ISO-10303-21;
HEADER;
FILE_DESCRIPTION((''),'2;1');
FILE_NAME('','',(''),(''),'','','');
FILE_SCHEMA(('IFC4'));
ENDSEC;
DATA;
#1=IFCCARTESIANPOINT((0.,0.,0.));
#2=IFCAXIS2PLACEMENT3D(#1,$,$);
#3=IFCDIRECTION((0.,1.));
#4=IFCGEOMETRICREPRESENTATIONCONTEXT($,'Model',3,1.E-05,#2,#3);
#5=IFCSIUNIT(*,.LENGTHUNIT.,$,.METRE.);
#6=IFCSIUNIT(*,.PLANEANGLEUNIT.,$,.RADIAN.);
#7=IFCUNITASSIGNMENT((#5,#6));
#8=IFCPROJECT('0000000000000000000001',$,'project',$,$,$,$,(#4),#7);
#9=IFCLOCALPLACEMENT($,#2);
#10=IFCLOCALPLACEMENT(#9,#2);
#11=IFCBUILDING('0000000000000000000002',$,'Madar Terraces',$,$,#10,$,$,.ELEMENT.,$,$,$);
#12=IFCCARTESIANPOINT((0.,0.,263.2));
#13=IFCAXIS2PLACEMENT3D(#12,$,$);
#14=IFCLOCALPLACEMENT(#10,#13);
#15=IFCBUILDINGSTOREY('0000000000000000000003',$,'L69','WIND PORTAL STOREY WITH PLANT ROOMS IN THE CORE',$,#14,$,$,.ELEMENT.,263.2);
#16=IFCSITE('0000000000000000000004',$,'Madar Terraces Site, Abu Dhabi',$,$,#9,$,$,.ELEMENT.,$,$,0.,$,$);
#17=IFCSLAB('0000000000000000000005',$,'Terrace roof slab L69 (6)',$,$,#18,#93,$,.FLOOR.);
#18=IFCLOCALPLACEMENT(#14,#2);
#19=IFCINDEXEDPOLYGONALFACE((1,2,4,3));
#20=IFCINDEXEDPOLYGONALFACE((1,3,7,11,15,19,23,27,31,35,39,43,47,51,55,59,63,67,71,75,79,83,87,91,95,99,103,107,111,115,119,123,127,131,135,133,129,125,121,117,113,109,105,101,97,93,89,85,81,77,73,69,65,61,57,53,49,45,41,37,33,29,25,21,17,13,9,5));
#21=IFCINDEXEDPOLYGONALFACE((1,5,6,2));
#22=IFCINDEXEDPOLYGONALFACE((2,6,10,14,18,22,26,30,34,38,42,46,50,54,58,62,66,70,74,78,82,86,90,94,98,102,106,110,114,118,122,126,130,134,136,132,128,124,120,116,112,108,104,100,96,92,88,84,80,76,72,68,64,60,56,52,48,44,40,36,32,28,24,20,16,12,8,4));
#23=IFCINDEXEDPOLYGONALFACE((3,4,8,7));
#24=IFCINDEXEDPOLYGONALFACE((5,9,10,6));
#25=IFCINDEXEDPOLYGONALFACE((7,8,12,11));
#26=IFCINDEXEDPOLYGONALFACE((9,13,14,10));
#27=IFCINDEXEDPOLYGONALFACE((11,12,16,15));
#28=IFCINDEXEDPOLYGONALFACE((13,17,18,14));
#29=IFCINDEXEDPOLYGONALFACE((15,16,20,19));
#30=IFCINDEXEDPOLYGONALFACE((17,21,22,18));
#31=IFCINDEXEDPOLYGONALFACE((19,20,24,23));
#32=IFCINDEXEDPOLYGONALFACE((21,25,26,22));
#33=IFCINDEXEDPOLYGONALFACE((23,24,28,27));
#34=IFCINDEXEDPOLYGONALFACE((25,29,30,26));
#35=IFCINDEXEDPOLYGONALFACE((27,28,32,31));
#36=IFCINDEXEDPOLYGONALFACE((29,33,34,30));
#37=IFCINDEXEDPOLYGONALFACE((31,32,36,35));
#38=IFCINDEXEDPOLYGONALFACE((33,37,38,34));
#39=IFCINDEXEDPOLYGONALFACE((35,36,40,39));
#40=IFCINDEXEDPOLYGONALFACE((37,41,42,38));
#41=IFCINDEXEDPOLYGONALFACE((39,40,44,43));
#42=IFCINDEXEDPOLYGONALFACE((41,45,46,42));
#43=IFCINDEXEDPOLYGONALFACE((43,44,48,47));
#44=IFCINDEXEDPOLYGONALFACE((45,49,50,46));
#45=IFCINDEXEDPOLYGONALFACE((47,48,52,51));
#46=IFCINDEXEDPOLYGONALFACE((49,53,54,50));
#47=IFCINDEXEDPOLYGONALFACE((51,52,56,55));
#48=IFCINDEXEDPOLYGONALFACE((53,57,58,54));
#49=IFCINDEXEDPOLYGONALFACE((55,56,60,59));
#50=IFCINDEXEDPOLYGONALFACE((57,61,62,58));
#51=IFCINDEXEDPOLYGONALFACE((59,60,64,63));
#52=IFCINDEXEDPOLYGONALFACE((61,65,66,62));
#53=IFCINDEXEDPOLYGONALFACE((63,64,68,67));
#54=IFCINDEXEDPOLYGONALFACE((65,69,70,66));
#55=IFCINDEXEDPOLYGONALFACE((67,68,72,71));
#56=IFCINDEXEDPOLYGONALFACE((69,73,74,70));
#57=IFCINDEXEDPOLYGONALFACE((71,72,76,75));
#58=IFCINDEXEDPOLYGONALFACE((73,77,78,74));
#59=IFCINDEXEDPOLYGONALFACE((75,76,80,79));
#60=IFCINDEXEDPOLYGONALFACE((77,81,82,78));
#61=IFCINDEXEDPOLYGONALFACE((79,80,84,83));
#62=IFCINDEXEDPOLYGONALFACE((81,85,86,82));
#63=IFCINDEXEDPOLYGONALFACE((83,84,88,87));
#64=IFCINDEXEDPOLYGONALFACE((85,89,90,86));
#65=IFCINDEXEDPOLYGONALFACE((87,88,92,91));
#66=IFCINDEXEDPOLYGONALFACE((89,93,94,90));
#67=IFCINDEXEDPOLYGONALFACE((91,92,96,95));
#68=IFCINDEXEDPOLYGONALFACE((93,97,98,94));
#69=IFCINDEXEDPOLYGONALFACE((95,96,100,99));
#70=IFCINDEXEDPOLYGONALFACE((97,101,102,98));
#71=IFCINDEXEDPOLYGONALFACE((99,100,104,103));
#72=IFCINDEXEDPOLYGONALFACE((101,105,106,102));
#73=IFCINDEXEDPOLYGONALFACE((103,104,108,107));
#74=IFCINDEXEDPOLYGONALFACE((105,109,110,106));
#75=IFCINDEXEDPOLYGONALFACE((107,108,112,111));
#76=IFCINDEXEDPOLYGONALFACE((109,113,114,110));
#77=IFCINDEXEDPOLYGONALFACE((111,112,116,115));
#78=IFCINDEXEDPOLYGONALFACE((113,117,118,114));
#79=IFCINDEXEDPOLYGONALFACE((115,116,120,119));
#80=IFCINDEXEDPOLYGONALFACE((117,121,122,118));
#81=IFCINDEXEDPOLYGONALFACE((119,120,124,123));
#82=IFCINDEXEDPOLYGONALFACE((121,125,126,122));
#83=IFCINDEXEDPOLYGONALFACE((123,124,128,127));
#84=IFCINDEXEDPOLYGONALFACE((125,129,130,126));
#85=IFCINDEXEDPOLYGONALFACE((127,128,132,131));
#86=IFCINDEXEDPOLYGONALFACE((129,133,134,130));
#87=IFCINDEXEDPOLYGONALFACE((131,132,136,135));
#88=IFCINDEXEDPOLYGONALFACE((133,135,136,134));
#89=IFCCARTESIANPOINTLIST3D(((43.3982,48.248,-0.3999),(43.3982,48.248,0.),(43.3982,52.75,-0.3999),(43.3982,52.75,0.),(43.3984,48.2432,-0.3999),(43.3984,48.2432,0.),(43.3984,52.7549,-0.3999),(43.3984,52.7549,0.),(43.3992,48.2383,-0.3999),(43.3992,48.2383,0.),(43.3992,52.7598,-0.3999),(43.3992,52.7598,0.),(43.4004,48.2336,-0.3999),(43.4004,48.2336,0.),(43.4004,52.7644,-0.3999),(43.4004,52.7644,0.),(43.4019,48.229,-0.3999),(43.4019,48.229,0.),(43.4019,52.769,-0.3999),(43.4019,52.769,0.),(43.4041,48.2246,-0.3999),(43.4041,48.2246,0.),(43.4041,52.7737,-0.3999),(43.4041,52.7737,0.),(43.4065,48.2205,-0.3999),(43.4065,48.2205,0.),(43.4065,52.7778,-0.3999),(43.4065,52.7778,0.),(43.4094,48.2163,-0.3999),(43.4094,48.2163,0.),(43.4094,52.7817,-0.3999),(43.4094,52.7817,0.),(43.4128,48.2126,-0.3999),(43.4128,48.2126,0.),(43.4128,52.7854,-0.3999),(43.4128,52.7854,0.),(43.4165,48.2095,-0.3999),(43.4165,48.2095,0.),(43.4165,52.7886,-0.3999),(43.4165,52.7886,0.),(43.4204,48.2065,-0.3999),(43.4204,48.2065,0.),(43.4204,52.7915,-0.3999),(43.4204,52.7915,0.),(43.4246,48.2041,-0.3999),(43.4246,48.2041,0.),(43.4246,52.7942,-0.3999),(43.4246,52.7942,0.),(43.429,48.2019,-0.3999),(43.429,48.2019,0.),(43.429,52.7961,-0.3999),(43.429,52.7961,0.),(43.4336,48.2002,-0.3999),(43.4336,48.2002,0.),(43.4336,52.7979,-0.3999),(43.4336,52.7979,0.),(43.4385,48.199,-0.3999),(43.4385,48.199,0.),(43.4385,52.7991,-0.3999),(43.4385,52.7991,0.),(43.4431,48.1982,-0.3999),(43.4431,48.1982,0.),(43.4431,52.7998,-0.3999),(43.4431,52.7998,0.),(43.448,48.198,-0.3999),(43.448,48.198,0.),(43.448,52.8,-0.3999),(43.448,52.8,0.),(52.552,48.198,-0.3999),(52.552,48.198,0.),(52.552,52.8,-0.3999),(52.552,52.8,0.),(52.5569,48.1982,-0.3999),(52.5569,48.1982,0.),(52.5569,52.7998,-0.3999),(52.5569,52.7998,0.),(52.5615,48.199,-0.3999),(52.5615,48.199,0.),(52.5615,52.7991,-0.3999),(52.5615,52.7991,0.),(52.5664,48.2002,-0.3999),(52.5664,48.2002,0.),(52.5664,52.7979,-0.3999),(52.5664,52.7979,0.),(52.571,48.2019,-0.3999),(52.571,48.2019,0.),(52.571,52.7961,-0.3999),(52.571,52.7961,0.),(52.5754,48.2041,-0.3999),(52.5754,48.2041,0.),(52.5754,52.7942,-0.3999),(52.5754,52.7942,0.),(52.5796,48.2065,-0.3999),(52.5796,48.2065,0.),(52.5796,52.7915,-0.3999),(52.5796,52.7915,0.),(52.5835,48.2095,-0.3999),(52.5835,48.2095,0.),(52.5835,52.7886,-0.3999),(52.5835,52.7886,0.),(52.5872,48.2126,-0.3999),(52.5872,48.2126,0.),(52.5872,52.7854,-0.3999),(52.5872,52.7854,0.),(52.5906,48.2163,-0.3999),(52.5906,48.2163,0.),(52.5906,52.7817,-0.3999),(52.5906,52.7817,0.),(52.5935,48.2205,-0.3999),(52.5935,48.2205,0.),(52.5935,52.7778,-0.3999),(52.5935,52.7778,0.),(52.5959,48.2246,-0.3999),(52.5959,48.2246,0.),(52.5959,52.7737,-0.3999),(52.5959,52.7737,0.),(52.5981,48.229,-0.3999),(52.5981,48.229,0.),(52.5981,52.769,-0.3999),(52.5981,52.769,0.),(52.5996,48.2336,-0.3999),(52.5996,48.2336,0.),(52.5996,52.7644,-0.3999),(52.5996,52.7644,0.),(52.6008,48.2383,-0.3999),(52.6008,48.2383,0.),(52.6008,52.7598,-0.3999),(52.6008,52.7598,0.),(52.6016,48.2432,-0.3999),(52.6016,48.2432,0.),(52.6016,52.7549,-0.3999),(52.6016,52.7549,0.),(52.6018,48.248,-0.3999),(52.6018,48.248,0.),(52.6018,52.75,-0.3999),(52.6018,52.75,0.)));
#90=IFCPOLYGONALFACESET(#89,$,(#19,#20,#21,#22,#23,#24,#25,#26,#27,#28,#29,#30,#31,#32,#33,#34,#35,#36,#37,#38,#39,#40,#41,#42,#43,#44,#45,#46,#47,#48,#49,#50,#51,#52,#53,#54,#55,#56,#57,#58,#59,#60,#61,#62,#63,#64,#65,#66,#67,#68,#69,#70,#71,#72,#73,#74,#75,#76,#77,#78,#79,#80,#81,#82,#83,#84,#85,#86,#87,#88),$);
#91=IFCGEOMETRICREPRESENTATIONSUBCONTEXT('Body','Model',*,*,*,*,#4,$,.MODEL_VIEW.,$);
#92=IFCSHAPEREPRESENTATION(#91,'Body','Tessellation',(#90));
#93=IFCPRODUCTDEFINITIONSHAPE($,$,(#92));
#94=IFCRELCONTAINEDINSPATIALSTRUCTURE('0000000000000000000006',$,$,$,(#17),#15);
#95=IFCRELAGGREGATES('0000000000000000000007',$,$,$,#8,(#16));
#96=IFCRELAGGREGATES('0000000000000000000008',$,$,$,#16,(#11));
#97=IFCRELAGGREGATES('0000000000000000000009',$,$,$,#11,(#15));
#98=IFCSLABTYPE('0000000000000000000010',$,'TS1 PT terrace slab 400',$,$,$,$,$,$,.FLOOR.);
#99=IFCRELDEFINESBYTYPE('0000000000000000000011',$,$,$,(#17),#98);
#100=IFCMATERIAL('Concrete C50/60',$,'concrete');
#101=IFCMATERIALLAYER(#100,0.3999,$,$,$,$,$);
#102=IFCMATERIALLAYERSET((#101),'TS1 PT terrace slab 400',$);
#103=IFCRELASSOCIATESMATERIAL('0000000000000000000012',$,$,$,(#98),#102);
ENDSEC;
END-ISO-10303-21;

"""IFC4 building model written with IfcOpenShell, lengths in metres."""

from ifc_helpers import new_model, si_unit, direction, frame, origin, place, context, subcontext, project, spatial, polyline, outline, extrude, material, layer, layer_set, type_object, element, save


model = new_model("IFC4")

# Units and contexts
model_context = context("Model", 3, precision=1e-05, world=origin(), true_north=direction((0.0, 1.0)))
body_context = subcontext(model_context, "Body", "Model", "MODEL_VIEW")
ifc_project = project(units=[si_unit("LENGTHUNIT", "METRE"), si_unit("PLANEANGLEUNIT", "RADIAN")], contexts=[model_context])

# Site, building, storey
site_placement = place(None, origin())
site = spatial("IfcSite", under=ifc_project, at=site_placement, Name="Madar Terraces Site, Abu Dhabi", CompositionType="ELEMENT", RefElevation=0.0)
building_placement = place(site_placement, origin())
building = spatial("IfcBuilding", under=site, at=building_placement, Name="Madar Terraces", CompositionType="ELEMENT")
storey_placement = place(building_placement, frame((0.0, 0.0, 263.2)))
storey = spatial("IfcBuildingStorey", under=building, at=storey_placement, Name="L69", Description="WIND PORTAL STOREY WITH PLANT ROOMS IN THE CORE", CompositionType="ELEMENT", Elevation=263.2)

# Slab
ifc_material_1 = material(Name="Concrete C50/60", Category="concrete")
ifc_layer_1 = layer(ifc_material_1, 0.3999)
ifc_layer_set_1 = layer_set([ifc_layer_1], Name="TS1 PT terrace slab 400")
slab_type_1 = type_object("IfcSlabType", Name="TS1 PT terrace slab 400", PredefinedType="FLOOR", material=ifc_layer_set_1)
slab_1_placement = place(storey_placement, frame((0.0, 0.0, -0.3999)))
element("IfcSlab", 1, at=slab_1_placement, inside=storey, type_object=slab_type_1, Name="Terrace roof slab L69 (6)", PredefinedType="FLOOR", context=body_context, shape_type="SweptSolid", body=[
    extrude(outline(polyline([(52.5615, 52.7991), (52.5569, 52.7998), (52.552, 52.8), (43.448, 52.8), (43.4431, 52.7998), (43.4385, 52.7991), (43.4336, 52.7979), (43.429, 52.7961), (43.4246, 52.7942), (43.4204, 52.7915), (43.4165, 52.7886), (43.4128, 52.7854), (43.4094, 52.7817), (43.4065, 52.7778), (43.4041, 52.7737), (43.4019, 52.769), (43.4004, 52.7644), (43.3992, 52.7598), (43.3984, 52.7549), (43.3982, 52.75), (43.3982, 48.248), (43.3984, 48.2432), (43.3992, 48.2383), (43.4004, 48.2336), (43.4019, 48.229), (43.4041, 48.2246), (43.4065, 48.2205), (43.4094, 48.2163), (43.4128, 48.2126), (43.4165, 48.2095), (43.4204, 48.2065), (43.4246, 48.2041), (43.429, 48.2019), (43.4336, 48.2002), (43.4385, 48.199), (43.4431, 48.1982), (43.448, 48.198), (52.552, 48.198), (52.5569, 48.1982), (52.5615, 48.199), (52.5664, 48.2002), (52.571, 48.2019), (52.5754, 48.2041), (52.5796, 48.2065), (52.5835, 48.2095), (52.5872, 48.2126), (52.5906, 48.2163), (52.5935, 48.2205), (52.5959, 48.2246), (52.5981, 48.229), (52.5996, 48.2336), (52.6008, 48.2383), (52.6016, 48.2432), (52.6018, 48.248), (52.6018, 52.75), (52.6016, 52.7549), (52.6008, 52.7598), (52.5996, 52.7644), (52.5981, 52.769), (52.5959, 52.7737), (52.5935, 52.7778), (52.5906, 52.7817), (52.5872, 52.7854), (52.5835, 52.7886), (52.5796, 52.7915), (52.5754, 52.7942), (52.571, 52.7961), (52.5664, 52.7979), (52.5615, 52.7991)])), origin(), (0.0, 0.0, 1.0), 0.3999),
])

save(model, "model.ifc")
